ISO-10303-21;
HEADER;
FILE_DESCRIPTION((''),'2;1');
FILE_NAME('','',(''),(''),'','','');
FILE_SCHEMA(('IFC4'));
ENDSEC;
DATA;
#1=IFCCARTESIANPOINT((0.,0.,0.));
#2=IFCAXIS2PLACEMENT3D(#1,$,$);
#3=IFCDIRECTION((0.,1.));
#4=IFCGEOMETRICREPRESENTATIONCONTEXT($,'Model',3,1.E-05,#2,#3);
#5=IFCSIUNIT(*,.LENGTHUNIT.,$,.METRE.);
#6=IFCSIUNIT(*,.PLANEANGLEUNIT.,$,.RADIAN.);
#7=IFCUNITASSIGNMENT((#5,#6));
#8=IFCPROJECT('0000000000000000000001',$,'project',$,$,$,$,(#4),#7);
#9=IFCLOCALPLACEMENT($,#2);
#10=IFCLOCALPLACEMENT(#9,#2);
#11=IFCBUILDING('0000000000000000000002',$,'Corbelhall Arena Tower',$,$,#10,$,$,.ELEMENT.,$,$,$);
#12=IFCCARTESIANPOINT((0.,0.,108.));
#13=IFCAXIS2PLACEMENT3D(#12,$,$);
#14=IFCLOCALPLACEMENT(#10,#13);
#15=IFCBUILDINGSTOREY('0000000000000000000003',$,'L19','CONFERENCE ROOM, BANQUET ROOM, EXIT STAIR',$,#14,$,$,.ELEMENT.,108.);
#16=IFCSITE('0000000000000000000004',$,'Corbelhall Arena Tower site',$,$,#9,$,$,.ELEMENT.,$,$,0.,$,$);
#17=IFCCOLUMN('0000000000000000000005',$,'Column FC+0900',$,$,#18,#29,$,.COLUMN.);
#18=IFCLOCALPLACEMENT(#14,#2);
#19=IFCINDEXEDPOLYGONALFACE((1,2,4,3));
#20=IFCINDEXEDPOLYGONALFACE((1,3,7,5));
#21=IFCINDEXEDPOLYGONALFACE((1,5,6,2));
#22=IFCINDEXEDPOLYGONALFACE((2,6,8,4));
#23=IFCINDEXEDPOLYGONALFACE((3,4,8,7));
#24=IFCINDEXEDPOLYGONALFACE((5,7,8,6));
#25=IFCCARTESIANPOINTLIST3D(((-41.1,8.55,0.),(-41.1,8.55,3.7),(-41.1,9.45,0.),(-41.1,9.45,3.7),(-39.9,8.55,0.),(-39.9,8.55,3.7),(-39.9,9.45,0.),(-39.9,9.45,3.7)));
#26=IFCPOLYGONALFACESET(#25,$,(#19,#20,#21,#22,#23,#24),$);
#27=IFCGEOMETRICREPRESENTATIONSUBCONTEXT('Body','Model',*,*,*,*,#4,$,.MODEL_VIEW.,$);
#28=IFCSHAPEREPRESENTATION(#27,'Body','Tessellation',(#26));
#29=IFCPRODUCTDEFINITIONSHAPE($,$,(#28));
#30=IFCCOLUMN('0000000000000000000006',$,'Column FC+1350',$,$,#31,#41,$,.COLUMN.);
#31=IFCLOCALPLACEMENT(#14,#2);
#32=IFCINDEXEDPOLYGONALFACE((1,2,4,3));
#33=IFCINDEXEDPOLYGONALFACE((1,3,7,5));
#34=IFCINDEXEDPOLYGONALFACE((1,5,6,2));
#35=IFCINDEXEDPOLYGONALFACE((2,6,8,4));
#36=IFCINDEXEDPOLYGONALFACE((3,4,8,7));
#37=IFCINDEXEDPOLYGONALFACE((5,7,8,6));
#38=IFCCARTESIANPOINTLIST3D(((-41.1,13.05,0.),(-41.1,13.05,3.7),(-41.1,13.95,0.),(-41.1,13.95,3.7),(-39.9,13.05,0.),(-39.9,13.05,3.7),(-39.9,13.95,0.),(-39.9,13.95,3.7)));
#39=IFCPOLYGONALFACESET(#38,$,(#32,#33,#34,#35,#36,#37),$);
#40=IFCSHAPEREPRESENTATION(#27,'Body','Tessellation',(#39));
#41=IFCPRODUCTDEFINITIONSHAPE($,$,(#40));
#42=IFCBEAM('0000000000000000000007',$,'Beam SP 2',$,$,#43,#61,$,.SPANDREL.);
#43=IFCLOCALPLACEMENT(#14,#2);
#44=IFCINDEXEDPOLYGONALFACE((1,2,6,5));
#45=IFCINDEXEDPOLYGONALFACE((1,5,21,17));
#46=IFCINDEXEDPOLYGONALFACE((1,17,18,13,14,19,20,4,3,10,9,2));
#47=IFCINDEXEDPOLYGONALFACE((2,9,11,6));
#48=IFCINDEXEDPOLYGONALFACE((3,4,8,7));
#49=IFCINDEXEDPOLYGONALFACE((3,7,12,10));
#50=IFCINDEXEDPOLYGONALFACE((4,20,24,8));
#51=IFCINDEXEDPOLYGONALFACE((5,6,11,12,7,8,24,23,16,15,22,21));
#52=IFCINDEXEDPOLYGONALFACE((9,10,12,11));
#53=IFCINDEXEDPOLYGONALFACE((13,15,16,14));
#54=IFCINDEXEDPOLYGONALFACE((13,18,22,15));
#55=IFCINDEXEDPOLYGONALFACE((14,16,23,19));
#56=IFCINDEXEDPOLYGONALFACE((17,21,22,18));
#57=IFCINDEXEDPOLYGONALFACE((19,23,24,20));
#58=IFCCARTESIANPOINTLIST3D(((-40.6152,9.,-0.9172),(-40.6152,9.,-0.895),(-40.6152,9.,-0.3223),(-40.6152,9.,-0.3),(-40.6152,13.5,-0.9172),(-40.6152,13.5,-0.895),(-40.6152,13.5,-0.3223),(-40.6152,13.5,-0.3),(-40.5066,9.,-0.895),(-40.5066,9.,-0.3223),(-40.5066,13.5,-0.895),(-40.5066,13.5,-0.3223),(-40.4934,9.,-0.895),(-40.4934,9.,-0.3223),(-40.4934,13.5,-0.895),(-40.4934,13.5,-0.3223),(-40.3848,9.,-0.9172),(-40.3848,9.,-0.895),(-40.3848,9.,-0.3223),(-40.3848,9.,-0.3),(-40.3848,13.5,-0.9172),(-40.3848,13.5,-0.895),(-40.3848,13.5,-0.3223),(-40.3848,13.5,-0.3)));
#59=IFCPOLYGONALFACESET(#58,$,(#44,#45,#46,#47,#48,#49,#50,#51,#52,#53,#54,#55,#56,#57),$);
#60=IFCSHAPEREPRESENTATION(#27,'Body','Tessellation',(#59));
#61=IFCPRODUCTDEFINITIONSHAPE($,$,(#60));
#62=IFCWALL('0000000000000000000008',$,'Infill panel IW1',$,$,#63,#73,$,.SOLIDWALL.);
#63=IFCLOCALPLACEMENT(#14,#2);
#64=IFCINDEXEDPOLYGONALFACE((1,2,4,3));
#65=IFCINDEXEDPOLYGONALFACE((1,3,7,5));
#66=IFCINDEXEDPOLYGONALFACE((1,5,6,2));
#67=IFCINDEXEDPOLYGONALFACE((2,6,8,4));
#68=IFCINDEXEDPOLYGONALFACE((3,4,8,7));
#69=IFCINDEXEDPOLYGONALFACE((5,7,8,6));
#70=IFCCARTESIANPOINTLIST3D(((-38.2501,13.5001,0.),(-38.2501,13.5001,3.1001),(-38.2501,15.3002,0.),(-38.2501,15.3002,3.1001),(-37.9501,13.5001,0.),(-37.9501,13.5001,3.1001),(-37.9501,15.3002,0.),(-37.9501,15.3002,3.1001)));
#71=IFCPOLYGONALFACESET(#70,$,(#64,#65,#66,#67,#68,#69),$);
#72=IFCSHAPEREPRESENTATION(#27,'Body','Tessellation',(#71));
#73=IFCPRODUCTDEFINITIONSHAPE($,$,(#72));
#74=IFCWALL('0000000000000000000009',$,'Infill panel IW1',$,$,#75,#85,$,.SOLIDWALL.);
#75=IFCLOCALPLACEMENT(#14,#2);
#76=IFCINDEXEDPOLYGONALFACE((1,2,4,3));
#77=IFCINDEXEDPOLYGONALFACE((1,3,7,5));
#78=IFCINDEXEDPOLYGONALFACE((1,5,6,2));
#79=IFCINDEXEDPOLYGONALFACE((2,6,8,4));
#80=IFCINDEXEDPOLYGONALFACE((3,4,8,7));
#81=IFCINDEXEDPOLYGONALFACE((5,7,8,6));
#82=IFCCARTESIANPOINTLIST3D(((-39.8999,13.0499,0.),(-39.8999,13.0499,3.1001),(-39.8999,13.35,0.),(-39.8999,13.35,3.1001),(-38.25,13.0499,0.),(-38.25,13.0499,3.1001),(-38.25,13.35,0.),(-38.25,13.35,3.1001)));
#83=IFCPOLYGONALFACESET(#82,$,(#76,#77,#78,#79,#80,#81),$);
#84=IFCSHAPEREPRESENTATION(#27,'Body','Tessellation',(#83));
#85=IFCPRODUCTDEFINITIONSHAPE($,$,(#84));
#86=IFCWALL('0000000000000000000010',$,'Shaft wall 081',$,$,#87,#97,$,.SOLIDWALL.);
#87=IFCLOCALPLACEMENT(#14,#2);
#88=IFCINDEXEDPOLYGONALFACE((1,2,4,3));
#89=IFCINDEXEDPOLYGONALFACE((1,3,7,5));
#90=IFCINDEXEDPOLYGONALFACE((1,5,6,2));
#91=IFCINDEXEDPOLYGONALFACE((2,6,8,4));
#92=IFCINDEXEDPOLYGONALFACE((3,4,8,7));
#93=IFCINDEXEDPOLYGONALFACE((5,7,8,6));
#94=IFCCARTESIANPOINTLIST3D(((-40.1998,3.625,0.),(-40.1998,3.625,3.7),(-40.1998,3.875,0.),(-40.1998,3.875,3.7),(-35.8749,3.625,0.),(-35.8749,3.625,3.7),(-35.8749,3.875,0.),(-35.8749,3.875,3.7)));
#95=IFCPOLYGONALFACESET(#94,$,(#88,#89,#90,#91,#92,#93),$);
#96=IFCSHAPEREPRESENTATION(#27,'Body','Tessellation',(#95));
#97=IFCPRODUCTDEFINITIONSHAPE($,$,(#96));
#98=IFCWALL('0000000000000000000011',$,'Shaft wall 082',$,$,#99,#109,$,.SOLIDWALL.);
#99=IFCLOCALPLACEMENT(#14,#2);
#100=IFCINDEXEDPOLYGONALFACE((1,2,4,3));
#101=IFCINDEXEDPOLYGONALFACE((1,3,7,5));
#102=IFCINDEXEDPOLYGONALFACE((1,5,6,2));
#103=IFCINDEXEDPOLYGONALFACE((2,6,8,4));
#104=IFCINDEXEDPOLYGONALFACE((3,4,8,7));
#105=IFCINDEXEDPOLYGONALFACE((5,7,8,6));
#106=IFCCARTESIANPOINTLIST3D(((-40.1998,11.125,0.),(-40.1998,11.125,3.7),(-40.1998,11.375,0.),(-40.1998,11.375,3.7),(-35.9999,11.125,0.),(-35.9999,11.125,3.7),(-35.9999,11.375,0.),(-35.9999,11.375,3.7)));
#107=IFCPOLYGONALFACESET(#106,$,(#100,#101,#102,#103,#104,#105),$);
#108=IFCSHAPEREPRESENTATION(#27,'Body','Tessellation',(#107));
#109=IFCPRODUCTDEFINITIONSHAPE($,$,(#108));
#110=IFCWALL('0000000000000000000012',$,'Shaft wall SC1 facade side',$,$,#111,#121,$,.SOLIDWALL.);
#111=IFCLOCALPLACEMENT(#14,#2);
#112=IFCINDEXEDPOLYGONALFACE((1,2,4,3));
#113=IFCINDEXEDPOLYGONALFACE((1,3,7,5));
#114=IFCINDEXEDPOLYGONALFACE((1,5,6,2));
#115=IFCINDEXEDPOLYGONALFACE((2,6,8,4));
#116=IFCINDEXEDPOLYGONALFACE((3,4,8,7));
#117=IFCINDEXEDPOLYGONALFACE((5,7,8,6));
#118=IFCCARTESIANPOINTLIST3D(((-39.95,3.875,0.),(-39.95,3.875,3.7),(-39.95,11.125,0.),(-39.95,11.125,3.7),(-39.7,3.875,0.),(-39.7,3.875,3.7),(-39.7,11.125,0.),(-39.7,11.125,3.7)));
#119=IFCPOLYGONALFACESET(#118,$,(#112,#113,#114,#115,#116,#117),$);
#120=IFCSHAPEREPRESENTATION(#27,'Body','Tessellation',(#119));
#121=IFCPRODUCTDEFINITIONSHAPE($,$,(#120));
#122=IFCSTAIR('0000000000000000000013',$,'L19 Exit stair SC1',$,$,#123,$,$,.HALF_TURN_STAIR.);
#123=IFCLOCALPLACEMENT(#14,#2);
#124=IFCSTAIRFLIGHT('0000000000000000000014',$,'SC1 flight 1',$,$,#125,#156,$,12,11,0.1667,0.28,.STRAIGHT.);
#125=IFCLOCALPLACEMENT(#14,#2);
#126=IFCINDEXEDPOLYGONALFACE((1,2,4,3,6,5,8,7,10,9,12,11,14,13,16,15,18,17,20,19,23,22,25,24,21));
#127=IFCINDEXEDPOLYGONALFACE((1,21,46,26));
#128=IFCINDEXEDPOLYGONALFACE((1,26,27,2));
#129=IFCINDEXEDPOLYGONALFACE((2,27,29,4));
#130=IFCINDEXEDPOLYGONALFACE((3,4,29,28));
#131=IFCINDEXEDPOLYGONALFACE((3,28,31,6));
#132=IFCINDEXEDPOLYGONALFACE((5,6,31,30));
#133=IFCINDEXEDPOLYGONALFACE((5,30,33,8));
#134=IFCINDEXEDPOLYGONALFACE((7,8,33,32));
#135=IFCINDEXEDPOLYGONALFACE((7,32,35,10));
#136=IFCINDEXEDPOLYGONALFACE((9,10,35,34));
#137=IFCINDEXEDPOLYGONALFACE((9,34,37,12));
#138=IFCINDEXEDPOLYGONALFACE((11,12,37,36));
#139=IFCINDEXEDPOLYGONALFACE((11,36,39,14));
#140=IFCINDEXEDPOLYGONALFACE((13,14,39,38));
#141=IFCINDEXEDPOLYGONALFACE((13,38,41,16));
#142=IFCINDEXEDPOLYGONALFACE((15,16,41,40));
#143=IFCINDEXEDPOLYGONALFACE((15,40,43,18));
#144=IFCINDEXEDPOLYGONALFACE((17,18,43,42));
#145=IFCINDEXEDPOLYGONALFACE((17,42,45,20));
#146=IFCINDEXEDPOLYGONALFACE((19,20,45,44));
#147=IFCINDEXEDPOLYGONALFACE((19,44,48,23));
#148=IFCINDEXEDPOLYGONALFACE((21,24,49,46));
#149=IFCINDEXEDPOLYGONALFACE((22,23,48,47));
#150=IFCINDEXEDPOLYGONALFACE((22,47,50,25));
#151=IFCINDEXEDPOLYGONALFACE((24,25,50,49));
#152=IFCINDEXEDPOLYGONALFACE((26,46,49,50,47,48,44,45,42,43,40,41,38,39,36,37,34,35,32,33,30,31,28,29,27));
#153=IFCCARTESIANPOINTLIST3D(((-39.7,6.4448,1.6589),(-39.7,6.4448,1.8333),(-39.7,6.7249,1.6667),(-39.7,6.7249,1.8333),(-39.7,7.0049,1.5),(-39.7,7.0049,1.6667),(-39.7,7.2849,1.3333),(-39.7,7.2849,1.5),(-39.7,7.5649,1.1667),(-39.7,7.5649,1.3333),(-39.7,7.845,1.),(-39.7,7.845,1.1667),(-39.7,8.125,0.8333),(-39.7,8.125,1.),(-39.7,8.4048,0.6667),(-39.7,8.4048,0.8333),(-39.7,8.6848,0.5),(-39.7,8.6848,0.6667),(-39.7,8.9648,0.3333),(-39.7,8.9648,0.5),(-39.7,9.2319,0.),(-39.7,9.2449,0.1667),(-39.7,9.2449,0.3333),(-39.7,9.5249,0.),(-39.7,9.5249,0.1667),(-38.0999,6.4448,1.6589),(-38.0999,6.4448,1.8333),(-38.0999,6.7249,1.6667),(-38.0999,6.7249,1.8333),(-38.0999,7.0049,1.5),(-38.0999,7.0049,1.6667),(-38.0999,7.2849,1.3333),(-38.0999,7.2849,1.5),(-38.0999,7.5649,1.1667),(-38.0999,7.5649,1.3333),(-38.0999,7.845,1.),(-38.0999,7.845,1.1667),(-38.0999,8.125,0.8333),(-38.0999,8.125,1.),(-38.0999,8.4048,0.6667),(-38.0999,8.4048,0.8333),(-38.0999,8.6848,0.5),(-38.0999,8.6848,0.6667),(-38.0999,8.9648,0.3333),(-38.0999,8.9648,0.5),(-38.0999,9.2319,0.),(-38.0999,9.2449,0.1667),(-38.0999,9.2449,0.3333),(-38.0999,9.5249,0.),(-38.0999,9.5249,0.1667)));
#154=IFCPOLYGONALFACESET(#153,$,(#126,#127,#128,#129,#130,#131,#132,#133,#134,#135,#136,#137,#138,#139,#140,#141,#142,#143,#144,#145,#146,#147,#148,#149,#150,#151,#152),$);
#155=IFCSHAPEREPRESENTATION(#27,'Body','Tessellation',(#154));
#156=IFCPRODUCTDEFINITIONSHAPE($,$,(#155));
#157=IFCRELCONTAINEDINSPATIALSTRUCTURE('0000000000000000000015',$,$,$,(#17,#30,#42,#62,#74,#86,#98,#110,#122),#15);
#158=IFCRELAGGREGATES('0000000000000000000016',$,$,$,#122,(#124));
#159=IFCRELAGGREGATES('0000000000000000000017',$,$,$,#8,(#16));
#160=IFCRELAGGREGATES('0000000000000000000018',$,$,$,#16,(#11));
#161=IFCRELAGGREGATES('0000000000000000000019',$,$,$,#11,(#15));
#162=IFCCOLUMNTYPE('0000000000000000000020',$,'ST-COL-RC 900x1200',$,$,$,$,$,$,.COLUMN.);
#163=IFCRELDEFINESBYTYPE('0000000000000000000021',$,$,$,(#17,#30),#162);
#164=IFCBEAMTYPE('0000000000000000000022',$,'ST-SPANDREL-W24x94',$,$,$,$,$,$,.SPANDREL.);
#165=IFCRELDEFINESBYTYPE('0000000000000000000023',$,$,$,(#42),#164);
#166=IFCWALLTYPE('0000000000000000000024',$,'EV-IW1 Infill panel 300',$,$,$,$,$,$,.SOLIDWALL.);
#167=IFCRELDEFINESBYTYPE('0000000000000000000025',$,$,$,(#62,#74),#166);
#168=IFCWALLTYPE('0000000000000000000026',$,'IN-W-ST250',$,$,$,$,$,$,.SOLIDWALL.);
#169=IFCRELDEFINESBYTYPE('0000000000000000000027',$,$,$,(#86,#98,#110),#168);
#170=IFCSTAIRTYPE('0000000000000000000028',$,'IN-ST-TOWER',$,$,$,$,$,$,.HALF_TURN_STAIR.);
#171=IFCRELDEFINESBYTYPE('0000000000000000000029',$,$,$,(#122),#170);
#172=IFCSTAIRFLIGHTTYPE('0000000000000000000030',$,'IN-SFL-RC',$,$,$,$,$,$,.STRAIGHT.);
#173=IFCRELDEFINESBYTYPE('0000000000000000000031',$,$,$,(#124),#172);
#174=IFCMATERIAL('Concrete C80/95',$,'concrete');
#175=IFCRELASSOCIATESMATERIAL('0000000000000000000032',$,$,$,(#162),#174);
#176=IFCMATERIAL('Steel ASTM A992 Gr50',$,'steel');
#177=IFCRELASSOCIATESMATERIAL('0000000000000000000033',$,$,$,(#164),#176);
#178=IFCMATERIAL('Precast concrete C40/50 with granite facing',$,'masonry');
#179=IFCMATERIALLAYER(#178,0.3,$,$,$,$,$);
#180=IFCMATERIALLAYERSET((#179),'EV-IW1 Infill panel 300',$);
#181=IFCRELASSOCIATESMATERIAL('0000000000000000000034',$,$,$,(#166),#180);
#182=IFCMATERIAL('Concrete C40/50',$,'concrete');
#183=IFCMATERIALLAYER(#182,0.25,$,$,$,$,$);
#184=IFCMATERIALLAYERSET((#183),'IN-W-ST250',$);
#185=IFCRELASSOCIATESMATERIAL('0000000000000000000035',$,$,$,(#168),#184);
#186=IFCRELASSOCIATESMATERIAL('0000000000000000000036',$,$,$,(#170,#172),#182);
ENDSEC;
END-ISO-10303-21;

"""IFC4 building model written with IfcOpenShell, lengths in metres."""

from ifc_helpers import new_model, si_unit, direction, frame, frame_2d, origin, origin_2d, place, context, subcontext, project, spatial, polyline, rectangle, i_section, outline, extrude, material, layer, layer_set, material_profile, profile_set, type_object, element, aggregate, save


model = new_model("IFC4")

# Units and contexts
model_context = context("Model", 3, precision=1e-05, world=origin(), true_north=direction((0.0, 1.0)))
body_context = subcontext(model_context, "Body", "Model", "MODEL_VIEW")
ifc_project = project(units=[si_unit("LENGTHUNIT", "METRE"), si_unit("PLANEANGLEUNIT", "RADIAN")], contexts=[model_context])

# Site, building, storey
site_placement = place(None, origin())
site = spatial("IfcSite", under=ifc_project, at=site_placement, Name="Corbelhall Arena Tower site", CompositionType="ELEMENT", RefElevation=0.0)
building_placement = place(site_placement, origin())
building = spatial("IfcBuilding", under=site, at=building_placement, Name="Corbelhall Arena Tower", CompositionType="ELEMENT")
storey_placement = place(building_placement, frame((0.0, 0.0, 108.0)))
storey = spatial("IfcBuildingStorey", under=building, at=storey_placement, Name="L19", Description="CONFERENCE ROOM, BANQUET ROOM, EXIT STAIR", CompositionType="ELEMENT", Elevation=108.0)

# Columns
ifc_material_1 = material(Name="Concrete C80/95", Category="concrete")
ifc_material_profile_1 = material_profile(ifc_material_1, rectangle(XDim=0.8999, YDim=1.2, at=origin_2d()))
ifc_profile_set_1 = profile_set([ifc_material_profile_1], Name="Concrete C80/95")
column_type = type_object("IfcColumnType", Name="ST-COL-RC 900x1200", PredefinedType="COLUMN", material=ifc_profile_set_1)
for number, where, z_axis, x_axis, name in (
    (1, (-40.5, 9.0, 0.0), (0.0, 0.0, 1.0), (0.0, 1.0, 0.0), "Column FC+0900"),
    (2, (-40.5, 13.5, 0.0), (0.0, 0.0, 1.0), (0.0, 1.0, 0.0), "Column FC+1350"),
):
    element("IfcColumn", number, at=place(storey_placement, frame(where, z_axis=z_axis, x_axis=x_axis)), inside=storey, type_object=column_type, Name=name, PredefinedType="COLUMN", context=body_context, shape_type="SweptSolid", body=[
        extrude(rectangle(XDim=0.8999, YDim=1.2, at=origin_2d()), origin(), (0.0, 0.0, 1.0), 3.7),
    ])

# Beam
ifc_material_2 = material(Name="Steel ASTM A992 Gr50", Category="steel")
ifc_material_profile_2 = material_profile(ifc_material_2, i_section(OverallWidth=0.2305, OverallDepth=0.6172, WebThickness=0.0132, FlangeThickness=0.0222, at=origin_2d()))
ifc_profile_set_2 = profile_set([ifc_material_profile_2], Name="Steel ASTM A992 Gr50")
beam_type = type_object("IfcBeamType", Name="ST-SPANDREL-W24x94", PredefinedType="SPANDREL", material=ifc_profile_set_2)
beam_placement = place(storey_placement, frame((-40.5, 9.0, -0.6086), z_axis=(0.0, 1.0, 0.0), x_axis=(-1.0, 0.0, 0.0)))
element("IfcBeam", 3, at=beam_placement, inside=storey, type_object=beam_type, Name="Beam SP 2", PredefinedType="SPANDREL", context=body_context, shape_type="SweptSolid", body=[
    extrude(i_section(OverallWidth=0.2305, OverallDepth=0.6172, WebThickness=0.0132, FlangeThickness=0.0222, at=origin_2d()), origin(), (0.0, 0.0, 1.0), 4.5),
])

# Walls
ifc_material_3 = material(Name="Precast concrete C40/50 with granite facing", Category="masonry")
ifc_layer_1 = layer(ifc_material_3, 0.3)
ifc_layer_set_1 = layer_set([ifc_layer_1], Name="EV-IW1 Infill panel 300")
wall_type_1 = type_object("IfcWallType", Name="EV-IW1 Infill panel 300", PredefinedType="SOLIDWALL", material=ifc_layer_set_1)
wall_1_placement = place(storey_placement, frame((-38.1001, 15.3, 0.0), z_axis=(0.0, 0.0, 1.0), x_axis=(0.0, -1.0, 0.0)))
element("IfcWall", 4, at=wall_1_placement, inside=storey, type_object=wall_type_1, Name="Infill panel IW1", PredefinedType="SOLIDWALL", context=body_context, shape_type="SweptSolid", body=[
    extrude(rectangle(XDim=1.8, YDim=0.3, at=frame_2d((0.8999, 0.0))), origin(), (0.0, 0.0, 1.0), 3.1001),
])
wall_2_placement = place(storey_placement, frame((-39.8999, 13.2, 0.0), z_axis=(0.0, 0.0, 1.0), x_axis=(1.0, 0.0, 0.0)))
element("IfcWall", 5, at=wall_2_placement, inside=storey, type_object=wall_type_1, Name="Infill panel IW1", PredefinedType="SOLIDWALL", context=body_context, shape_type="SweptSolid", body=[
    extrude(rectangle(XDim=1.6499, YDim=0.3, at=frame_2d((0.825, 0.0))), origin(), (0.0, 0.0, 1.0), 3.1001),
])

# Walls
ifc_material_4 = material(Name="Concrete C40/50", Category="concrete")
ifc_layer_2 = layer(ifc_material_4, 0.25)
ifc_layer_set_2 = layer_set([ifc_layer_2], Name="IN-W-ST250")
wall_type_2 = type_object("IfcWallType", Name="IN-W-ST250", PredefinedType="SOLIDWALL", material=ifc_layer_set_2)
wall_3_placement = place(storey_placement, frame((-40.2, 3.75, 0.0), z_axis=(0.0, 0.0, 1.0), x_axis=(1.0, 0.0, 0.0)))
element("IfcWall", 6, at=wall_3_placement, inside=storey, type_object=wall_type_2, Name="Shaft wall 081", PredefinedType="SOLIDWALL", context=body_context, shape_type="SweptSolid", body=[
    extrude(rectangle(XDim=4.325, YDim=0.25, at=frame_2d((2.1626, 0.0))), origin(), (0.0, 0.0, 1.0), 3.7),
])
wall_4_placement = place(storey_placement, frame((-40.2, 11.25, 0.0), z_axis=(0.0, 0.0, 1.0), x_axis=(1.0, 0.0, 0.0)))
element("IfcWall", 7, at=wall_4_placement, inside=storey, type_object=wall_type_2, Name="Shaft wall 082", PredefinedType="SOLIDWALL", context=body_context, shape_type="SweptSolid", body=[
    extrude(rectangle(XDim=4.2, YDim=0.25, at=frame_2d((2.1001, 0.0))), origin(), (0.0, 0.0, 1.0), 3.7),
])
wall_5_placement = place(storey_placement, frame((-39.825, 3.875, 0.0), z_axis=(0.0, 0.0, 1.0), x_axis=(0.0, 1.0, 0.0)))
element("IfcWall", 8, at=wall_5_placement, inside=storey, type_object=wall_type_2, Name="Shaft wall SC1 facade side", PredefinedType="SOLIDWALL", context=body_context, shape_type="SweptSolid", body=[
    extrude(rectangle(XDim=7.25, YDim=0.25, at=frame_2d((3.625, 0.0))), origin(), (0.0, 0.0, 1.0), 3.7),
])

# Stair, stair flight
stair_type = type_object("IfcStairType", Name="IN-ST-TOWER", PredefinedType="HALF_TURN_STAIR", material=ifc_material_4)
stair_placement = place(storey_placement, origin())
stair = element("IfcStair", 9, at=stair_placement, inside=storey, type_object=stair_type, Name="L19 Exit stair SC1", PredefinedType="HALF_TURN_STAIR")
stair_flight_type = type_object("IfcStairFlightType", Name="IN-SFL-RC", PredefinedType="STRAIGHT", material=ifc_material_4)
stair_flight_1_placement = place(storey_placement, frame((-38.8999, 9.5249, 0.0), z_axis=(0.0, 0.0, 1.0), x_axis=(0.0, -1.0, 0.0)))
stair_flight_1 = element("IfcStairFlight", 10, at=stair_flight_1_placement, type_object=stair_flight_type, Name="SC1 flight 1", NumberOfRisers=12, NumberOfTreads=11, PredefinedType="STRAIGHT", RiserHeight=0.1667, TreadLength=0.28, context=body_context, shape_type="SweptSolid", body=[
    extrude(outline(polyline([(0.0, 0.0), (0.0, 0.1667), (0.28, 0.1667), (0.28, 0.3333), (0.5601, 0.3333), (0.5601, 0.5), (0.8401, 0.5), (0.8401, 0.6667), (1.1201, 0.6667), (1.1201, 0.8333), (1.3999, 0.8333), (1.3999, 1.0), (1.6799, 1.0), (1.6799, 1.1667), (1.96, 1.1667), (1.96, 1.3333), (2.24, 1.3333), (2.24, 1.5), (2.52, 1.5), (2.52, 1.6667), (2.8, 1.6667), (2.8, 1.8333), (3.0801, 1.8333), (3.0801, 2.0), (3.0801, 1.6589), (0.293, 0.0), (0.0, 0.0)])), frame((0.0, 0.8, 0.0), z_axis=(0.0, -1.0, 0.0), x_axis=(1.0, 0.0, 0.0)), (0.0, 0.0, 1.0), 1.6001),
])
aggregate(stair, [stair_flight_1])

save(model, "model.ifc")
